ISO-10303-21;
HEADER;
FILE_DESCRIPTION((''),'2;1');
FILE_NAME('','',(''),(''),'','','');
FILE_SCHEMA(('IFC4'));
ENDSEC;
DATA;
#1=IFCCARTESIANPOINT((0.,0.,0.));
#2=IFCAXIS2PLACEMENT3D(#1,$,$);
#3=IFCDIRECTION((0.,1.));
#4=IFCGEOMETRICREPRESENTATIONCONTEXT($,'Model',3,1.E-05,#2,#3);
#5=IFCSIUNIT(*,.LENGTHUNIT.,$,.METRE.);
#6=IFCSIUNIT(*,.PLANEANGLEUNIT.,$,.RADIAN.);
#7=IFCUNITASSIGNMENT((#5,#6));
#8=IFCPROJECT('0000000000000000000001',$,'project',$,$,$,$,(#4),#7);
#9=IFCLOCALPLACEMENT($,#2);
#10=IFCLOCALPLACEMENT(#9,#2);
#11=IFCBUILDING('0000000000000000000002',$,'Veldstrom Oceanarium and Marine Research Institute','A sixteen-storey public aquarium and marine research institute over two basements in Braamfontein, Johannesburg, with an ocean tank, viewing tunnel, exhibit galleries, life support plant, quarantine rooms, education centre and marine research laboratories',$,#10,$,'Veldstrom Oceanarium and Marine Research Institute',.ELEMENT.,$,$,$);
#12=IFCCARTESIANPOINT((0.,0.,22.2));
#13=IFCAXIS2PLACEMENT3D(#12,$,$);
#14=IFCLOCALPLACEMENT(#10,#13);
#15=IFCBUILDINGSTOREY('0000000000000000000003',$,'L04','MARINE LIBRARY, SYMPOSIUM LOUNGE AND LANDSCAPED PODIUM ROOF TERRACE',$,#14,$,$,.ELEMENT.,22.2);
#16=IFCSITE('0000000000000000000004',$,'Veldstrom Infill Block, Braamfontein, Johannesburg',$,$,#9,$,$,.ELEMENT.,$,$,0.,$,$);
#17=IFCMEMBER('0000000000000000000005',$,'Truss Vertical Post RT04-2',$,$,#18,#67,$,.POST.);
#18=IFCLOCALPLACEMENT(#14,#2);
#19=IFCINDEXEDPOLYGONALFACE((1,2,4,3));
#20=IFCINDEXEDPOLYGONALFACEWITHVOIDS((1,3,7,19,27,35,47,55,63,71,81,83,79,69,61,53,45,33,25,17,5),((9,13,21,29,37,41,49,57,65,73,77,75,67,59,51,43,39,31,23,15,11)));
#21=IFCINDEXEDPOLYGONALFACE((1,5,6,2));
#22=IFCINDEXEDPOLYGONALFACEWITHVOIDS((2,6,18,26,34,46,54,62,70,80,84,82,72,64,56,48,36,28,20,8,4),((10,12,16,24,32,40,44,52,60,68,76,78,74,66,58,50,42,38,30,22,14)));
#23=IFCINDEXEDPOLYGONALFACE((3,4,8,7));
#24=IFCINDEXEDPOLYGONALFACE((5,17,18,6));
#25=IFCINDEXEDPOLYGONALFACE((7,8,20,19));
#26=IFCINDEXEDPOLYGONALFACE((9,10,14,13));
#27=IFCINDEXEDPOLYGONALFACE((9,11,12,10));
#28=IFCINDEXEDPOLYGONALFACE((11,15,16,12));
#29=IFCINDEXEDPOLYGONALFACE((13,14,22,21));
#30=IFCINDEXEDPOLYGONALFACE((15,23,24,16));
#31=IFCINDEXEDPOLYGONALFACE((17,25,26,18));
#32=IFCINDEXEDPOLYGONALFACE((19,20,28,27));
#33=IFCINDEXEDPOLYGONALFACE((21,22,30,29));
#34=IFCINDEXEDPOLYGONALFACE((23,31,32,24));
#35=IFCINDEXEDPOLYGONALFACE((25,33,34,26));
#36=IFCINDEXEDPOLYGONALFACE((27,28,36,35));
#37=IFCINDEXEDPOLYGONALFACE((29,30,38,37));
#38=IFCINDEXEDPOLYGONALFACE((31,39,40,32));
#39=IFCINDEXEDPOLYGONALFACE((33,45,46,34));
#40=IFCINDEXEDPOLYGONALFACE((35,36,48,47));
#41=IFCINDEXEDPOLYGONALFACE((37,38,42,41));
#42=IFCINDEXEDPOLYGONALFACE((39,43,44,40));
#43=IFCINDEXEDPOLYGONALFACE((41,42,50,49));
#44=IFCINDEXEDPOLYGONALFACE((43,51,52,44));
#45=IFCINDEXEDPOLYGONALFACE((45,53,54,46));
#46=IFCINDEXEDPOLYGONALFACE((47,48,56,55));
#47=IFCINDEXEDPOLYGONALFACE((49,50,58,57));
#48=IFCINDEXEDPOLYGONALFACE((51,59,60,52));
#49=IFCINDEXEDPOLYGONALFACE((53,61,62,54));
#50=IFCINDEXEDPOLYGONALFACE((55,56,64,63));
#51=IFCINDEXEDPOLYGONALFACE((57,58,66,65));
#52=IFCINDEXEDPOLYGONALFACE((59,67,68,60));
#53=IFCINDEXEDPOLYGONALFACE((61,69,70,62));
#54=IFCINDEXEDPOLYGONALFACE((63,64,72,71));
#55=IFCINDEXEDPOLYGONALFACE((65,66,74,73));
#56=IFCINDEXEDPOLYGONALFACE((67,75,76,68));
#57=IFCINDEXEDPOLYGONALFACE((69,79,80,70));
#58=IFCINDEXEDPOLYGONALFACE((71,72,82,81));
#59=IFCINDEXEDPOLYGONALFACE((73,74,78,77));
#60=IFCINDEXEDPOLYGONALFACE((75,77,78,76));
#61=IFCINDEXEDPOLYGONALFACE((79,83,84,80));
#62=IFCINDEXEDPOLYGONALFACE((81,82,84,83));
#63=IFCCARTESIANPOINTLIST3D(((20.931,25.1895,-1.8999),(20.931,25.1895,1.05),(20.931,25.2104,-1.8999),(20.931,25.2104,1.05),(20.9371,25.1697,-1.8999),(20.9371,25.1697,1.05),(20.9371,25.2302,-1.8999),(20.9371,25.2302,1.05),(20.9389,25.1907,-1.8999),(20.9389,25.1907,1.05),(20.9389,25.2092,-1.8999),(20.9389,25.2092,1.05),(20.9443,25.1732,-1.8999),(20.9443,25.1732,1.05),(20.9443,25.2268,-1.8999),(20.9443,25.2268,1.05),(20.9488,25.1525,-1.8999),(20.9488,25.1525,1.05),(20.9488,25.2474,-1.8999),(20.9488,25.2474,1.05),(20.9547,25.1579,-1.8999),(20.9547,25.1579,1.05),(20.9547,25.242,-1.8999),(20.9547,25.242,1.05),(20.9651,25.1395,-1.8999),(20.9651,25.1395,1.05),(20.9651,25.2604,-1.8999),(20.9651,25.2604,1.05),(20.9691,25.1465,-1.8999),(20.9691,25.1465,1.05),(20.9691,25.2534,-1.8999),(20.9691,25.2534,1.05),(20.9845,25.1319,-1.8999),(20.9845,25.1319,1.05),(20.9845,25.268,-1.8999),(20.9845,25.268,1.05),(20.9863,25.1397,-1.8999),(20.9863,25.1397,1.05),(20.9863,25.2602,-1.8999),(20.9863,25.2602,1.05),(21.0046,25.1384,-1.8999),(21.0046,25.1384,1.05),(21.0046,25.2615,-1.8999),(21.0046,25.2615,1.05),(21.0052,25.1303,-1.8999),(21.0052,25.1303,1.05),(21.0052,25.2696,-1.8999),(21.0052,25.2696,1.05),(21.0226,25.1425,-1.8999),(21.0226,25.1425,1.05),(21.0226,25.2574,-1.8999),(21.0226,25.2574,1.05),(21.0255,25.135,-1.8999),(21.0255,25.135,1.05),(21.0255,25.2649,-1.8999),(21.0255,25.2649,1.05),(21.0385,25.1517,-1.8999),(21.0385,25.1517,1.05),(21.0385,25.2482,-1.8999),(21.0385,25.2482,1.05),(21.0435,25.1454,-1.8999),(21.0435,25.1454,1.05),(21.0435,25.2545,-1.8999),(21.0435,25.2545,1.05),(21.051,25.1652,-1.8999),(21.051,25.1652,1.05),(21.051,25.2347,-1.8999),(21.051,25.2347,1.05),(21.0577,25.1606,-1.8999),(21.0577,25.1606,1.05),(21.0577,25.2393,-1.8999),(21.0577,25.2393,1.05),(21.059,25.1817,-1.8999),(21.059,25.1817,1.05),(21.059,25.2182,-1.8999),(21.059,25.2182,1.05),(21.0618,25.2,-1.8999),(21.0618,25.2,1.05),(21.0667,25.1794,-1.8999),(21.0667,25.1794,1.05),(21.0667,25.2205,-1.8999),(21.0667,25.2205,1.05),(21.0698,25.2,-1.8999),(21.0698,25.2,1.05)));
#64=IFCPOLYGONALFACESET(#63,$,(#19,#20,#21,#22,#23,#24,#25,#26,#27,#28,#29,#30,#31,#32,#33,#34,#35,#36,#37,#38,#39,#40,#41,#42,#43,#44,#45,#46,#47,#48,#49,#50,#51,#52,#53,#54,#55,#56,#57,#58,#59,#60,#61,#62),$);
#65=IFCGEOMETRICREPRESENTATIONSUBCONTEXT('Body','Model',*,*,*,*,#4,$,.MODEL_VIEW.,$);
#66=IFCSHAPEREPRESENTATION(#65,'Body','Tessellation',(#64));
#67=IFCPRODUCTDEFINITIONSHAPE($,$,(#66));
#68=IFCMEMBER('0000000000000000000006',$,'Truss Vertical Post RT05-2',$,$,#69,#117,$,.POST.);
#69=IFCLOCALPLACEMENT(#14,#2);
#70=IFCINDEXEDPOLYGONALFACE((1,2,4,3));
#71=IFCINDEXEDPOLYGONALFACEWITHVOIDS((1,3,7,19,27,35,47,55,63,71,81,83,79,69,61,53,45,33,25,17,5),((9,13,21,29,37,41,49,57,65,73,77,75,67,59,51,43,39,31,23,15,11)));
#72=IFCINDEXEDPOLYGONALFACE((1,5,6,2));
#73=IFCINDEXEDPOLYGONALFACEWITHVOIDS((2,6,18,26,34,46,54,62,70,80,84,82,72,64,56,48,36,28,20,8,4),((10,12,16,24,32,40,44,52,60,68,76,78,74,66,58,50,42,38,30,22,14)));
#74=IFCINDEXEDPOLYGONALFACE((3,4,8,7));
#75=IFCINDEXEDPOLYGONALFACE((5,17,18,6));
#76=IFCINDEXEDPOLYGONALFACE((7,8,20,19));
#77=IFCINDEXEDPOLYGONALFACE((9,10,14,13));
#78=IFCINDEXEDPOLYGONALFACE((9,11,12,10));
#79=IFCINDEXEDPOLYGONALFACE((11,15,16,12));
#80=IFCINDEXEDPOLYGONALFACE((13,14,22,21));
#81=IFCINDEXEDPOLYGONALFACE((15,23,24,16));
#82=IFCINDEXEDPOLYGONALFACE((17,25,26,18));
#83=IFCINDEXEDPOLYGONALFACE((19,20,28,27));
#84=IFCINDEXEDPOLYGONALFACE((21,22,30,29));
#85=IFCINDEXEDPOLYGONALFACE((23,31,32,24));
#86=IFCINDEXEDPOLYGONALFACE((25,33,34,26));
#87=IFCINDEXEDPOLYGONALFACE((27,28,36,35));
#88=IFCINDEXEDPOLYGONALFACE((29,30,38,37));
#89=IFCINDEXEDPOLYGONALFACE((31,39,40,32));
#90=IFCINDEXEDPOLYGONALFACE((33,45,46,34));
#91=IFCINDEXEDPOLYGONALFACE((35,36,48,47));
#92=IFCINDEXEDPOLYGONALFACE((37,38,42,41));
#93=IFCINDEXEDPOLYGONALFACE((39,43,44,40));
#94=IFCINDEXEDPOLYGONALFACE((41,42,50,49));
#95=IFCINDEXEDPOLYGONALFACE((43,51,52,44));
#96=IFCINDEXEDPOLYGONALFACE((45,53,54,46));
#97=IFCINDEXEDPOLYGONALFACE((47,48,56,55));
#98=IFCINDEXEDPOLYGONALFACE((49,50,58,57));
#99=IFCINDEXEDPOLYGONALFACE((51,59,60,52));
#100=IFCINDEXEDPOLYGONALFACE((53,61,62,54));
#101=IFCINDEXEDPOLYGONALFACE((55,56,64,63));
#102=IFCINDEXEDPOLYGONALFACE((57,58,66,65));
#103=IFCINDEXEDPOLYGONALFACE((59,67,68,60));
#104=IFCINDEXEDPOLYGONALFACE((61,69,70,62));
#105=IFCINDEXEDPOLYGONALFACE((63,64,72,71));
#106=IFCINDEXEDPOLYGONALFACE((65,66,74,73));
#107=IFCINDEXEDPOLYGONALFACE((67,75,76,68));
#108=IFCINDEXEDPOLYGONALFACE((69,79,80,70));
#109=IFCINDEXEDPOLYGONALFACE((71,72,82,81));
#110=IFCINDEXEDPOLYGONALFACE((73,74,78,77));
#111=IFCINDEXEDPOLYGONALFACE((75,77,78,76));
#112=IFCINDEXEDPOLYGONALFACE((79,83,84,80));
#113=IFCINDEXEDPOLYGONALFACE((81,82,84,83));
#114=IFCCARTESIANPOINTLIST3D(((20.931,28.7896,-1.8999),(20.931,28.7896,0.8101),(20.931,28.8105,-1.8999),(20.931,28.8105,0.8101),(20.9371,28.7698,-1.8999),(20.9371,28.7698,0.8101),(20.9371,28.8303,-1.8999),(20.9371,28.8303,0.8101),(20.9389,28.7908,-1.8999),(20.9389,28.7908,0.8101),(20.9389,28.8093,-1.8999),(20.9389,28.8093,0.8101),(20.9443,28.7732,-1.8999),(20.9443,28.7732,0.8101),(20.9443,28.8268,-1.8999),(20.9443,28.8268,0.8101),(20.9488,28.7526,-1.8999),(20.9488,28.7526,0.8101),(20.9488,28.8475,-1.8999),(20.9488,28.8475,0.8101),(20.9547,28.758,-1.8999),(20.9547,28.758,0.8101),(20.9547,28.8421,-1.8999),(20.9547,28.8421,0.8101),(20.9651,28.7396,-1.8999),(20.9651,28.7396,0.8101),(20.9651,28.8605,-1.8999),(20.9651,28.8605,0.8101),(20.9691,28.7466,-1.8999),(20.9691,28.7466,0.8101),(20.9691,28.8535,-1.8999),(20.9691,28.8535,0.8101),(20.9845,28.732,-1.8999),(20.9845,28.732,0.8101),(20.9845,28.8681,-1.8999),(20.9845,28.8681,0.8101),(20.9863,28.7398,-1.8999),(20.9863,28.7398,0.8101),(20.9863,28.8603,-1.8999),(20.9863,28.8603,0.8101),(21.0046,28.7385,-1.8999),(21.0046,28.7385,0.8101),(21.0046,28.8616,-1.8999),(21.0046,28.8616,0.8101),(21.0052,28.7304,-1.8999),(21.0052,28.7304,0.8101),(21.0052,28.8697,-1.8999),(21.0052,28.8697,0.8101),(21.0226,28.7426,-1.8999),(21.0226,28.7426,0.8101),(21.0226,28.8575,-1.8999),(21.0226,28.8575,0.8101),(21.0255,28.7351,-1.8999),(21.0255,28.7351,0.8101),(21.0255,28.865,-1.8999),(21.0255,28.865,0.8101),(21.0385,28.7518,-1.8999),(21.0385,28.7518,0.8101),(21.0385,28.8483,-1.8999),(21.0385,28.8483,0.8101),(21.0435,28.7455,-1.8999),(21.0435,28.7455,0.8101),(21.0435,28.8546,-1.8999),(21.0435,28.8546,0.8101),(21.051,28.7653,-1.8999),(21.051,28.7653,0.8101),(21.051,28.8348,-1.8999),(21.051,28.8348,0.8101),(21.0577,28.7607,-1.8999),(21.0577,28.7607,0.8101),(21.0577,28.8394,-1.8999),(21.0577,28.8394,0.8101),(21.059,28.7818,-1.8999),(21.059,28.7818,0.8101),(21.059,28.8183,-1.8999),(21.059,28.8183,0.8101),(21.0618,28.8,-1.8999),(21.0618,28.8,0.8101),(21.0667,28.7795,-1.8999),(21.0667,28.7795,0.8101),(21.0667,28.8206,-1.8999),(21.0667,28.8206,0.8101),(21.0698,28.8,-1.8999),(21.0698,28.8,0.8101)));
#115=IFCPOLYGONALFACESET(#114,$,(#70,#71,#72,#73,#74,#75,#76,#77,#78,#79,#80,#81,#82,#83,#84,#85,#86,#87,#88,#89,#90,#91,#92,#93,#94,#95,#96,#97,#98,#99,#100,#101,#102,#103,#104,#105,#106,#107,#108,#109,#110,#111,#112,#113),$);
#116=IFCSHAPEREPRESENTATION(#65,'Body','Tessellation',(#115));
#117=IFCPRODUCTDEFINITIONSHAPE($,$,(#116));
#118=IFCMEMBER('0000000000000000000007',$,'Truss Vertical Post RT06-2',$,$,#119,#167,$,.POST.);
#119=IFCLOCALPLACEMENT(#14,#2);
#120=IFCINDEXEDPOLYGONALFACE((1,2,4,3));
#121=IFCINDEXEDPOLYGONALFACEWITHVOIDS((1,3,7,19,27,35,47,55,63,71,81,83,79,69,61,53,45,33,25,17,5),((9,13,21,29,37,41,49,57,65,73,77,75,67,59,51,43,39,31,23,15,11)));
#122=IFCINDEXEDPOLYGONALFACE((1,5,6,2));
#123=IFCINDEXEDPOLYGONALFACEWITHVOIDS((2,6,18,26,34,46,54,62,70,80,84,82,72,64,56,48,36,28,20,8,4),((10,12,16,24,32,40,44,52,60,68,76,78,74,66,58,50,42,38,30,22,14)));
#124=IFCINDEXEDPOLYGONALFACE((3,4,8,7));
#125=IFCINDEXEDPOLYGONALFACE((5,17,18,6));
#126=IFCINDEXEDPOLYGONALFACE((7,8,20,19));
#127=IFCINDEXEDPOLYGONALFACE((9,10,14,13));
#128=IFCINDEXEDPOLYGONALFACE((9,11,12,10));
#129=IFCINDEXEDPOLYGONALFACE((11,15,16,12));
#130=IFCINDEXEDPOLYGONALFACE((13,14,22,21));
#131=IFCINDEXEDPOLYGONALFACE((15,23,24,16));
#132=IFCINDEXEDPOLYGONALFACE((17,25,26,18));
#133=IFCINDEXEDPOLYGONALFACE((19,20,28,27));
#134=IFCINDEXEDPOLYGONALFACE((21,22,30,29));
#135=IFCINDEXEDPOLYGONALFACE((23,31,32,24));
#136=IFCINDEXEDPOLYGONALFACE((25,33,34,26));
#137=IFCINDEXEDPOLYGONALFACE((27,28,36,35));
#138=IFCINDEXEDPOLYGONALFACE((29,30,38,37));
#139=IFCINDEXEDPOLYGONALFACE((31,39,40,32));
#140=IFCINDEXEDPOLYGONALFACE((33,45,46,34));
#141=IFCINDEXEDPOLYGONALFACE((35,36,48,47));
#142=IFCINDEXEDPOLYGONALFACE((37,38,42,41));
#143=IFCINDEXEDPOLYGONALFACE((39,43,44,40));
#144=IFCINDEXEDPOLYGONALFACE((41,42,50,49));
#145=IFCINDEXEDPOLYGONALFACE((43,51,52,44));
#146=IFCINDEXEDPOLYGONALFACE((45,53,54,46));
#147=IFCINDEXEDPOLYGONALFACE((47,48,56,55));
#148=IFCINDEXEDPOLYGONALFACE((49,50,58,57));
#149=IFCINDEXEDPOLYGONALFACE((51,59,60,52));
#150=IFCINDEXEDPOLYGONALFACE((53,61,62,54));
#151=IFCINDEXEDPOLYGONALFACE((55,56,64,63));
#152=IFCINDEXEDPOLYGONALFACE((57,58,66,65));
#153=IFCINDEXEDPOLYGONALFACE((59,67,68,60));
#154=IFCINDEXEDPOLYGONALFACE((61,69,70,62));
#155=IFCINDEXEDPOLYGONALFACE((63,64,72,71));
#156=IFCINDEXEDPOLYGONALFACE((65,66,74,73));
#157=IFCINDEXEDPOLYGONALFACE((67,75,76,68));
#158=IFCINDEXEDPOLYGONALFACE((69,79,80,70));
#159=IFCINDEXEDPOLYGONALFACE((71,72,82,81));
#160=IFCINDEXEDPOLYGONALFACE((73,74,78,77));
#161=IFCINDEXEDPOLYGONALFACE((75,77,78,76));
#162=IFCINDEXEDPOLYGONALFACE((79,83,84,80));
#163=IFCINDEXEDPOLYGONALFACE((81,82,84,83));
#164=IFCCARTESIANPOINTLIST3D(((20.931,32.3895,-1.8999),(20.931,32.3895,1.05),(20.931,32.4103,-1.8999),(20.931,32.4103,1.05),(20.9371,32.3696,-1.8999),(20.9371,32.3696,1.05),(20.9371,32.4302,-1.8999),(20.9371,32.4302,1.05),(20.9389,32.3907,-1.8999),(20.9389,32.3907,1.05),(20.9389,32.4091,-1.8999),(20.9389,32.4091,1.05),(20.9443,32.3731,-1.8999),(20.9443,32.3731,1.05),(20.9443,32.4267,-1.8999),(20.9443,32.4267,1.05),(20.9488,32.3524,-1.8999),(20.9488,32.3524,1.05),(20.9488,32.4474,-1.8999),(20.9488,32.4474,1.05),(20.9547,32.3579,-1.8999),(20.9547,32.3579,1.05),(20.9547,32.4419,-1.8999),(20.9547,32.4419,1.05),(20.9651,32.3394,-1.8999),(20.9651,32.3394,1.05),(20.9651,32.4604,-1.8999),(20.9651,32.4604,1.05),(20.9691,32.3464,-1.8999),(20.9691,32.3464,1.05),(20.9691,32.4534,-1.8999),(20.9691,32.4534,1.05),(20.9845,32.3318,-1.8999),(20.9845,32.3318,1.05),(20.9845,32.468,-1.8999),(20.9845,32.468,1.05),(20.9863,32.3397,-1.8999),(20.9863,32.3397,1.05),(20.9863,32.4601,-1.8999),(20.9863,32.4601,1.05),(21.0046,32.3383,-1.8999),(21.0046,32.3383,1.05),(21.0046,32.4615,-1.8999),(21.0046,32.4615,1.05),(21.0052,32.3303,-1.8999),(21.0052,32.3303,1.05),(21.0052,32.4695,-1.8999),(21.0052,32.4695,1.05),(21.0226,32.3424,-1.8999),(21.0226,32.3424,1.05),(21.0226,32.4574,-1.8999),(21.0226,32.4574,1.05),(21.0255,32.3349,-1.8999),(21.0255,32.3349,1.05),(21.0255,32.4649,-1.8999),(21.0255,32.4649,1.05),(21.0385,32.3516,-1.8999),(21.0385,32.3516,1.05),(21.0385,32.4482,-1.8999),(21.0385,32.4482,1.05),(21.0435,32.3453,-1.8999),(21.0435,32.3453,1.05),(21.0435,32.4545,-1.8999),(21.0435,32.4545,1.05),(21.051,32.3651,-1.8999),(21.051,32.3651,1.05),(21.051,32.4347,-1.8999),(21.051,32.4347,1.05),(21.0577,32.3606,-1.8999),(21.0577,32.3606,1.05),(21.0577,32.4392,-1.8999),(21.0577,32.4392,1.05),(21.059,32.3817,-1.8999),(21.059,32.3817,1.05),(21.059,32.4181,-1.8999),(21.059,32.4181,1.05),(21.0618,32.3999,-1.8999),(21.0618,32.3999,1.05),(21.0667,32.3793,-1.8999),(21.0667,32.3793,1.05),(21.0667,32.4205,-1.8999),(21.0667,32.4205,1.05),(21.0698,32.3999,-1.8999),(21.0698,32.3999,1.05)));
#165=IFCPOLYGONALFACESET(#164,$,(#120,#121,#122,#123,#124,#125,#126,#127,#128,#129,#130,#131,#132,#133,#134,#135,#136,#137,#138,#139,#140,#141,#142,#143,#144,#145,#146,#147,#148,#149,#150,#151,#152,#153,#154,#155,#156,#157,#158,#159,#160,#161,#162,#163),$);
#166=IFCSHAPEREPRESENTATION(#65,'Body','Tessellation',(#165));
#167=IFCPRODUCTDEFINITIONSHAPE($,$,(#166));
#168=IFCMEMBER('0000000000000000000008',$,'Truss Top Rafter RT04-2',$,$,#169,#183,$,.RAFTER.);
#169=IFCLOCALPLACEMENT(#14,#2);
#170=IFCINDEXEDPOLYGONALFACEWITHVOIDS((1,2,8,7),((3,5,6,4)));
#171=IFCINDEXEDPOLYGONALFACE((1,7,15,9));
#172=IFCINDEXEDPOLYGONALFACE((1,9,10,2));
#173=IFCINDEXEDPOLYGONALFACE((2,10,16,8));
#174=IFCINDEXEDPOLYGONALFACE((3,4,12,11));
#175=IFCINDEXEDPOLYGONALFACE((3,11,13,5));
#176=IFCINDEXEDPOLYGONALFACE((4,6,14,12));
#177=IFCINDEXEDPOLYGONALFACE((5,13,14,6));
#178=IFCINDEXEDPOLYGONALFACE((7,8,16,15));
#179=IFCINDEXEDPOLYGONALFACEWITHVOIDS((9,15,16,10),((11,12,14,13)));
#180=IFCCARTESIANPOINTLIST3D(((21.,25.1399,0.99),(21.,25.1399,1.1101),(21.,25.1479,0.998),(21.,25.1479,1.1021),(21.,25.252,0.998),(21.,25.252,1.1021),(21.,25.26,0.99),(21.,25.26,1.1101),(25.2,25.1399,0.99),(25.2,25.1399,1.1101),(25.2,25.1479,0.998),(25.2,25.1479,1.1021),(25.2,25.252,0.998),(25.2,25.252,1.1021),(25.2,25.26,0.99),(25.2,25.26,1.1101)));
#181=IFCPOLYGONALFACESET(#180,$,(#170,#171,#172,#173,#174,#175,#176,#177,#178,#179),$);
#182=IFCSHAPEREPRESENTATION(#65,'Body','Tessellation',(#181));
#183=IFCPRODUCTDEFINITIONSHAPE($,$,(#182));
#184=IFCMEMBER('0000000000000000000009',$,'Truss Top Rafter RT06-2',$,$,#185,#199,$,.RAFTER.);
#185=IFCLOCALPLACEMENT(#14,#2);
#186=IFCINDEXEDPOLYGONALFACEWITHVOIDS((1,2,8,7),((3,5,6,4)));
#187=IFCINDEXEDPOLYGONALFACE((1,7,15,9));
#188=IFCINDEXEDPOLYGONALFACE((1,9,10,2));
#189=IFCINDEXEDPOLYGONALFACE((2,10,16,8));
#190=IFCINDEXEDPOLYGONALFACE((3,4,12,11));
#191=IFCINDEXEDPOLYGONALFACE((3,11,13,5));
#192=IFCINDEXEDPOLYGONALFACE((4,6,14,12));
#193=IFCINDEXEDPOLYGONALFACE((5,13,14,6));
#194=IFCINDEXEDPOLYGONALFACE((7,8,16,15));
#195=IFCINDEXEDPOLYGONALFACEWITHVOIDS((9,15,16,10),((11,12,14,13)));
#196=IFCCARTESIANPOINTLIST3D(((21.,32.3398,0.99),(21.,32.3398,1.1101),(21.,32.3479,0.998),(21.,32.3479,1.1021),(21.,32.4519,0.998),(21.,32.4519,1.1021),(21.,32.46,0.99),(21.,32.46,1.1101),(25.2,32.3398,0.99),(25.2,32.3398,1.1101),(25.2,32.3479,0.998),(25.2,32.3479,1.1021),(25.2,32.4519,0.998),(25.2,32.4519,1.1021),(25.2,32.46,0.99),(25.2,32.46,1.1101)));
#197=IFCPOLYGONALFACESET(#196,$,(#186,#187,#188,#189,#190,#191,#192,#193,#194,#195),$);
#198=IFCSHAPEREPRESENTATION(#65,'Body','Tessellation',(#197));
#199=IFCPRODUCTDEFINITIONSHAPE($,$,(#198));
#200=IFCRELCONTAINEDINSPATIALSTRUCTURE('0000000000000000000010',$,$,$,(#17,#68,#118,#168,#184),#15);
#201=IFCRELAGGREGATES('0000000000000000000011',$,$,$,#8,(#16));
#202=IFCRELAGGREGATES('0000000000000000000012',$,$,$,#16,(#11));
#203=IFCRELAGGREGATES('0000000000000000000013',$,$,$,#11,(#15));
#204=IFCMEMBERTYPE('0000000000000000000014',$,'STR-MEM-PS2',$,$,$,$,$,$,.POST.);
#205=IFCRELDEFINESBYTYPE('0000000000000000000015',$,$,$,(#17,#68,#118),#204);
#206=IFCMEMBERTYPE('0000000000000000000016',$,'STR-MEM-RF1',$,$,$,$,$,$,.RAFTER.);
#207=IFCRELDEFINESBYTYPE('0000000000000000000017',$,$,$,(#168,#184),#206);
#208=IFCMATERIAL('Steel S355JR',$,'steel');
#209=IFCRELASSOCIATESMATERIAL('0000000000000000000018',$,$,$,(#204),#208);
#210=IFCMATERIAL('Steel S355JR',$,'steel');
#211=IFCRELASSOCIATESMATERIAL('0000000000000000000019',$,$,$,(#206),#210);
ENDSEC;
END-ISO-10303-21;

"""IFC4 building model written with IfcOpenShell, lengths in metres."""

from ifc_helpers import new_model, si_unit, direction, frame, origin, origin_2d, place, context, subcontext, project, spatial, hollow_rectangle, hollow_circle, extrude, material, material_profile, profile_set, type_object, element, save


model = new_model("IFC4")

# Units and contexts
model_context = context("Model", 3, precision=1e-05, world=origin(), true_north=direction((0.0, 1.0)))
body_context = subcontext(model_context, "Body", "Model", "MODEL_VIEW")
ifc_project = project(units=[si_unit("LENGTHUNIT", "METRE"), si_unit("PLANEANGLEUNIT", "RADIAN")], contexts=[model_context])

# Site, building, storey
site_placement = place(None, origin())
site = spatial("IfcSite", under=ifc_project, at=site_placement, Name="Veldstrom Infill Block, Braamfontein, Johannesburg", CompositionType="ELEMENT", RefElevation=0.0)
building_placement = place(site_placement, origin())
building = spatial("IfcBuilding", under=site, at=building_placement, Name="Veldstrom Oceanarium and Marine Research Institute", Description="A sixteen-storey public aquarium and marine research institute over two basements in Braamfontein, Johannesburg, with an ocean tank, viewing tunnel, exhibit galleries, life support plant, quarantine rooms, education centre and marine research laboratories", LongName="Veldstrom Oceanarium and Marine Research Institute", CompositionType="ELEMENT")
storey_placement = place(building_placement, frame((0.0, 0.0, 22.2)))
storey = spatial("IfcBuildingStorey", under=building, at=storey_placement, Name="L04", Description="MARINE LIBRARY, SYMPOSIUM LOUNGE AND LANDSCAPED PODIUM ROOF TERRACE", CompositionType="ELEMENT", Elevation=22.2)

# Members
ifc_material_1 = material(Name="Steel S355JR", Category="steel")
ifc_material_profile_1 = material_profile(ifc_material_1, hollow_circle(Radius=0.0698, WallThickness=0.0081, at=origin_2d()), Name="CHS 139.7x8")
ifc_profile_set_1 = profile_set([ifc_material_profile_1], Name="Steel S355JR")
member_type_1 = type_object("IfcMemberType", Name="STR-MEM-PS2", PredefinedType="POST", material=ifc_profile_set_1)
member_1_placement = place(storey_placement, frame((21.0, 25.2, -1.8999), z_axis=(0.0, 0.0, 1.0), x_axis=(1.0, 0.0, 0.0)))
element("IfcMember", 1, at=member_1_placement, inside=storey, type_object=member_type_1, Name="Truss Vertical Post RT04-2", PredefinedType="POST", context=body_context, shape_type="SweptSolid", body=[
    extrude(hollow_circle(Radius=0.0698, WallThickness=0.0081, at=origin_2d()), origin(), (0.0, 0.0, 1.0), 2.95),
])
member_2_placement = place(storey_placement, frame((21.0, 28.8, -1.8999), z_axis=(0.0, 0.0, 1.0), x_axis=(1.0, 0.0, 0.0)))
element("IfcMember", 2, at=member_2_placement, inside=storey, type_object=member_type_1, Name="Truss Vertical Post RT05-2", PredefinedType="POST", context=body_context, shape_type="SweptSolid", body=[
    extrude(hollow_circle(Radius=0.0698, WallThickness=0.0081, at=origin_2d()), origin(), (0.0, 0.0, 1.0), 2.71),
])
member_3_placement = place(storey_placement, frame((21.0, 32.3999, -1.8999), z_axis=(0.0, 0.0, 1.0), x_axis=(1.0, 0.0, 0.0)))
element("IfcMember", 3, at=member_3_placement, inside=storey, type_object=member_type_1, Name="Truss Vertical Post RT06-2", PredefinedType="POST", context=body_context, shape_type="SweptSolid", body=[
    extrude(hollow_circle(Radius=0.0698, WallThickness=0.0081, at=origin_2d()), origin(), (0.0, 0.0, 1.0), 2.95),
])
ifc_material_2 = material(Name="Steel S355JR", Category="steel")
ifc_material_profile_2 = material_profile(ifc_material_2, hollow_rectangle(XDim=0.1201, YDim=0.1201, WallThickness=0.0081, at=origin_2d()), Name="SHS 120x120x8")
ifc_profile_set_2 = profile_set([ifc_material_profile_2], Name="Steel S355JR")
member_type_2 = type_object("IfcMemberType", Name="STR-MEM-RF1", PredefinedType="RAFTER", material=ifc_profile_set_2)
for number, where, z_axis, x_axis, name in (
    (4, (21.0, 25.2, 1.05), (1.0, 0.0, 0.0), (0.0, 1.0, 0.0), "Truss Top Rafter RT04-2"),
    (5, (21.0, 32.3999, 1.05), (1.0, 0.0, 0.0), (0.0, 1.0, 0.0), "Truss Top Rafter RT06-2"),
):
    element("IfcMember", number, at=place(storey_placement, frame(where, z_axis=z_axis, x_axis=x_axis)), inside=storey, type_object=member_type_2, Name=name, PredefinedType="RAFTER", context=body_context, shape_type="SweptSolid", body=[
        extrude(hollow_rectangle(XDim=0.1201, YDim=0.1201, WallThickness=0.0081, at=origin_2d()), origin(), (0.0, 0.0, 1.0), 4.2),
    ])

save(model, "model.ifc")
